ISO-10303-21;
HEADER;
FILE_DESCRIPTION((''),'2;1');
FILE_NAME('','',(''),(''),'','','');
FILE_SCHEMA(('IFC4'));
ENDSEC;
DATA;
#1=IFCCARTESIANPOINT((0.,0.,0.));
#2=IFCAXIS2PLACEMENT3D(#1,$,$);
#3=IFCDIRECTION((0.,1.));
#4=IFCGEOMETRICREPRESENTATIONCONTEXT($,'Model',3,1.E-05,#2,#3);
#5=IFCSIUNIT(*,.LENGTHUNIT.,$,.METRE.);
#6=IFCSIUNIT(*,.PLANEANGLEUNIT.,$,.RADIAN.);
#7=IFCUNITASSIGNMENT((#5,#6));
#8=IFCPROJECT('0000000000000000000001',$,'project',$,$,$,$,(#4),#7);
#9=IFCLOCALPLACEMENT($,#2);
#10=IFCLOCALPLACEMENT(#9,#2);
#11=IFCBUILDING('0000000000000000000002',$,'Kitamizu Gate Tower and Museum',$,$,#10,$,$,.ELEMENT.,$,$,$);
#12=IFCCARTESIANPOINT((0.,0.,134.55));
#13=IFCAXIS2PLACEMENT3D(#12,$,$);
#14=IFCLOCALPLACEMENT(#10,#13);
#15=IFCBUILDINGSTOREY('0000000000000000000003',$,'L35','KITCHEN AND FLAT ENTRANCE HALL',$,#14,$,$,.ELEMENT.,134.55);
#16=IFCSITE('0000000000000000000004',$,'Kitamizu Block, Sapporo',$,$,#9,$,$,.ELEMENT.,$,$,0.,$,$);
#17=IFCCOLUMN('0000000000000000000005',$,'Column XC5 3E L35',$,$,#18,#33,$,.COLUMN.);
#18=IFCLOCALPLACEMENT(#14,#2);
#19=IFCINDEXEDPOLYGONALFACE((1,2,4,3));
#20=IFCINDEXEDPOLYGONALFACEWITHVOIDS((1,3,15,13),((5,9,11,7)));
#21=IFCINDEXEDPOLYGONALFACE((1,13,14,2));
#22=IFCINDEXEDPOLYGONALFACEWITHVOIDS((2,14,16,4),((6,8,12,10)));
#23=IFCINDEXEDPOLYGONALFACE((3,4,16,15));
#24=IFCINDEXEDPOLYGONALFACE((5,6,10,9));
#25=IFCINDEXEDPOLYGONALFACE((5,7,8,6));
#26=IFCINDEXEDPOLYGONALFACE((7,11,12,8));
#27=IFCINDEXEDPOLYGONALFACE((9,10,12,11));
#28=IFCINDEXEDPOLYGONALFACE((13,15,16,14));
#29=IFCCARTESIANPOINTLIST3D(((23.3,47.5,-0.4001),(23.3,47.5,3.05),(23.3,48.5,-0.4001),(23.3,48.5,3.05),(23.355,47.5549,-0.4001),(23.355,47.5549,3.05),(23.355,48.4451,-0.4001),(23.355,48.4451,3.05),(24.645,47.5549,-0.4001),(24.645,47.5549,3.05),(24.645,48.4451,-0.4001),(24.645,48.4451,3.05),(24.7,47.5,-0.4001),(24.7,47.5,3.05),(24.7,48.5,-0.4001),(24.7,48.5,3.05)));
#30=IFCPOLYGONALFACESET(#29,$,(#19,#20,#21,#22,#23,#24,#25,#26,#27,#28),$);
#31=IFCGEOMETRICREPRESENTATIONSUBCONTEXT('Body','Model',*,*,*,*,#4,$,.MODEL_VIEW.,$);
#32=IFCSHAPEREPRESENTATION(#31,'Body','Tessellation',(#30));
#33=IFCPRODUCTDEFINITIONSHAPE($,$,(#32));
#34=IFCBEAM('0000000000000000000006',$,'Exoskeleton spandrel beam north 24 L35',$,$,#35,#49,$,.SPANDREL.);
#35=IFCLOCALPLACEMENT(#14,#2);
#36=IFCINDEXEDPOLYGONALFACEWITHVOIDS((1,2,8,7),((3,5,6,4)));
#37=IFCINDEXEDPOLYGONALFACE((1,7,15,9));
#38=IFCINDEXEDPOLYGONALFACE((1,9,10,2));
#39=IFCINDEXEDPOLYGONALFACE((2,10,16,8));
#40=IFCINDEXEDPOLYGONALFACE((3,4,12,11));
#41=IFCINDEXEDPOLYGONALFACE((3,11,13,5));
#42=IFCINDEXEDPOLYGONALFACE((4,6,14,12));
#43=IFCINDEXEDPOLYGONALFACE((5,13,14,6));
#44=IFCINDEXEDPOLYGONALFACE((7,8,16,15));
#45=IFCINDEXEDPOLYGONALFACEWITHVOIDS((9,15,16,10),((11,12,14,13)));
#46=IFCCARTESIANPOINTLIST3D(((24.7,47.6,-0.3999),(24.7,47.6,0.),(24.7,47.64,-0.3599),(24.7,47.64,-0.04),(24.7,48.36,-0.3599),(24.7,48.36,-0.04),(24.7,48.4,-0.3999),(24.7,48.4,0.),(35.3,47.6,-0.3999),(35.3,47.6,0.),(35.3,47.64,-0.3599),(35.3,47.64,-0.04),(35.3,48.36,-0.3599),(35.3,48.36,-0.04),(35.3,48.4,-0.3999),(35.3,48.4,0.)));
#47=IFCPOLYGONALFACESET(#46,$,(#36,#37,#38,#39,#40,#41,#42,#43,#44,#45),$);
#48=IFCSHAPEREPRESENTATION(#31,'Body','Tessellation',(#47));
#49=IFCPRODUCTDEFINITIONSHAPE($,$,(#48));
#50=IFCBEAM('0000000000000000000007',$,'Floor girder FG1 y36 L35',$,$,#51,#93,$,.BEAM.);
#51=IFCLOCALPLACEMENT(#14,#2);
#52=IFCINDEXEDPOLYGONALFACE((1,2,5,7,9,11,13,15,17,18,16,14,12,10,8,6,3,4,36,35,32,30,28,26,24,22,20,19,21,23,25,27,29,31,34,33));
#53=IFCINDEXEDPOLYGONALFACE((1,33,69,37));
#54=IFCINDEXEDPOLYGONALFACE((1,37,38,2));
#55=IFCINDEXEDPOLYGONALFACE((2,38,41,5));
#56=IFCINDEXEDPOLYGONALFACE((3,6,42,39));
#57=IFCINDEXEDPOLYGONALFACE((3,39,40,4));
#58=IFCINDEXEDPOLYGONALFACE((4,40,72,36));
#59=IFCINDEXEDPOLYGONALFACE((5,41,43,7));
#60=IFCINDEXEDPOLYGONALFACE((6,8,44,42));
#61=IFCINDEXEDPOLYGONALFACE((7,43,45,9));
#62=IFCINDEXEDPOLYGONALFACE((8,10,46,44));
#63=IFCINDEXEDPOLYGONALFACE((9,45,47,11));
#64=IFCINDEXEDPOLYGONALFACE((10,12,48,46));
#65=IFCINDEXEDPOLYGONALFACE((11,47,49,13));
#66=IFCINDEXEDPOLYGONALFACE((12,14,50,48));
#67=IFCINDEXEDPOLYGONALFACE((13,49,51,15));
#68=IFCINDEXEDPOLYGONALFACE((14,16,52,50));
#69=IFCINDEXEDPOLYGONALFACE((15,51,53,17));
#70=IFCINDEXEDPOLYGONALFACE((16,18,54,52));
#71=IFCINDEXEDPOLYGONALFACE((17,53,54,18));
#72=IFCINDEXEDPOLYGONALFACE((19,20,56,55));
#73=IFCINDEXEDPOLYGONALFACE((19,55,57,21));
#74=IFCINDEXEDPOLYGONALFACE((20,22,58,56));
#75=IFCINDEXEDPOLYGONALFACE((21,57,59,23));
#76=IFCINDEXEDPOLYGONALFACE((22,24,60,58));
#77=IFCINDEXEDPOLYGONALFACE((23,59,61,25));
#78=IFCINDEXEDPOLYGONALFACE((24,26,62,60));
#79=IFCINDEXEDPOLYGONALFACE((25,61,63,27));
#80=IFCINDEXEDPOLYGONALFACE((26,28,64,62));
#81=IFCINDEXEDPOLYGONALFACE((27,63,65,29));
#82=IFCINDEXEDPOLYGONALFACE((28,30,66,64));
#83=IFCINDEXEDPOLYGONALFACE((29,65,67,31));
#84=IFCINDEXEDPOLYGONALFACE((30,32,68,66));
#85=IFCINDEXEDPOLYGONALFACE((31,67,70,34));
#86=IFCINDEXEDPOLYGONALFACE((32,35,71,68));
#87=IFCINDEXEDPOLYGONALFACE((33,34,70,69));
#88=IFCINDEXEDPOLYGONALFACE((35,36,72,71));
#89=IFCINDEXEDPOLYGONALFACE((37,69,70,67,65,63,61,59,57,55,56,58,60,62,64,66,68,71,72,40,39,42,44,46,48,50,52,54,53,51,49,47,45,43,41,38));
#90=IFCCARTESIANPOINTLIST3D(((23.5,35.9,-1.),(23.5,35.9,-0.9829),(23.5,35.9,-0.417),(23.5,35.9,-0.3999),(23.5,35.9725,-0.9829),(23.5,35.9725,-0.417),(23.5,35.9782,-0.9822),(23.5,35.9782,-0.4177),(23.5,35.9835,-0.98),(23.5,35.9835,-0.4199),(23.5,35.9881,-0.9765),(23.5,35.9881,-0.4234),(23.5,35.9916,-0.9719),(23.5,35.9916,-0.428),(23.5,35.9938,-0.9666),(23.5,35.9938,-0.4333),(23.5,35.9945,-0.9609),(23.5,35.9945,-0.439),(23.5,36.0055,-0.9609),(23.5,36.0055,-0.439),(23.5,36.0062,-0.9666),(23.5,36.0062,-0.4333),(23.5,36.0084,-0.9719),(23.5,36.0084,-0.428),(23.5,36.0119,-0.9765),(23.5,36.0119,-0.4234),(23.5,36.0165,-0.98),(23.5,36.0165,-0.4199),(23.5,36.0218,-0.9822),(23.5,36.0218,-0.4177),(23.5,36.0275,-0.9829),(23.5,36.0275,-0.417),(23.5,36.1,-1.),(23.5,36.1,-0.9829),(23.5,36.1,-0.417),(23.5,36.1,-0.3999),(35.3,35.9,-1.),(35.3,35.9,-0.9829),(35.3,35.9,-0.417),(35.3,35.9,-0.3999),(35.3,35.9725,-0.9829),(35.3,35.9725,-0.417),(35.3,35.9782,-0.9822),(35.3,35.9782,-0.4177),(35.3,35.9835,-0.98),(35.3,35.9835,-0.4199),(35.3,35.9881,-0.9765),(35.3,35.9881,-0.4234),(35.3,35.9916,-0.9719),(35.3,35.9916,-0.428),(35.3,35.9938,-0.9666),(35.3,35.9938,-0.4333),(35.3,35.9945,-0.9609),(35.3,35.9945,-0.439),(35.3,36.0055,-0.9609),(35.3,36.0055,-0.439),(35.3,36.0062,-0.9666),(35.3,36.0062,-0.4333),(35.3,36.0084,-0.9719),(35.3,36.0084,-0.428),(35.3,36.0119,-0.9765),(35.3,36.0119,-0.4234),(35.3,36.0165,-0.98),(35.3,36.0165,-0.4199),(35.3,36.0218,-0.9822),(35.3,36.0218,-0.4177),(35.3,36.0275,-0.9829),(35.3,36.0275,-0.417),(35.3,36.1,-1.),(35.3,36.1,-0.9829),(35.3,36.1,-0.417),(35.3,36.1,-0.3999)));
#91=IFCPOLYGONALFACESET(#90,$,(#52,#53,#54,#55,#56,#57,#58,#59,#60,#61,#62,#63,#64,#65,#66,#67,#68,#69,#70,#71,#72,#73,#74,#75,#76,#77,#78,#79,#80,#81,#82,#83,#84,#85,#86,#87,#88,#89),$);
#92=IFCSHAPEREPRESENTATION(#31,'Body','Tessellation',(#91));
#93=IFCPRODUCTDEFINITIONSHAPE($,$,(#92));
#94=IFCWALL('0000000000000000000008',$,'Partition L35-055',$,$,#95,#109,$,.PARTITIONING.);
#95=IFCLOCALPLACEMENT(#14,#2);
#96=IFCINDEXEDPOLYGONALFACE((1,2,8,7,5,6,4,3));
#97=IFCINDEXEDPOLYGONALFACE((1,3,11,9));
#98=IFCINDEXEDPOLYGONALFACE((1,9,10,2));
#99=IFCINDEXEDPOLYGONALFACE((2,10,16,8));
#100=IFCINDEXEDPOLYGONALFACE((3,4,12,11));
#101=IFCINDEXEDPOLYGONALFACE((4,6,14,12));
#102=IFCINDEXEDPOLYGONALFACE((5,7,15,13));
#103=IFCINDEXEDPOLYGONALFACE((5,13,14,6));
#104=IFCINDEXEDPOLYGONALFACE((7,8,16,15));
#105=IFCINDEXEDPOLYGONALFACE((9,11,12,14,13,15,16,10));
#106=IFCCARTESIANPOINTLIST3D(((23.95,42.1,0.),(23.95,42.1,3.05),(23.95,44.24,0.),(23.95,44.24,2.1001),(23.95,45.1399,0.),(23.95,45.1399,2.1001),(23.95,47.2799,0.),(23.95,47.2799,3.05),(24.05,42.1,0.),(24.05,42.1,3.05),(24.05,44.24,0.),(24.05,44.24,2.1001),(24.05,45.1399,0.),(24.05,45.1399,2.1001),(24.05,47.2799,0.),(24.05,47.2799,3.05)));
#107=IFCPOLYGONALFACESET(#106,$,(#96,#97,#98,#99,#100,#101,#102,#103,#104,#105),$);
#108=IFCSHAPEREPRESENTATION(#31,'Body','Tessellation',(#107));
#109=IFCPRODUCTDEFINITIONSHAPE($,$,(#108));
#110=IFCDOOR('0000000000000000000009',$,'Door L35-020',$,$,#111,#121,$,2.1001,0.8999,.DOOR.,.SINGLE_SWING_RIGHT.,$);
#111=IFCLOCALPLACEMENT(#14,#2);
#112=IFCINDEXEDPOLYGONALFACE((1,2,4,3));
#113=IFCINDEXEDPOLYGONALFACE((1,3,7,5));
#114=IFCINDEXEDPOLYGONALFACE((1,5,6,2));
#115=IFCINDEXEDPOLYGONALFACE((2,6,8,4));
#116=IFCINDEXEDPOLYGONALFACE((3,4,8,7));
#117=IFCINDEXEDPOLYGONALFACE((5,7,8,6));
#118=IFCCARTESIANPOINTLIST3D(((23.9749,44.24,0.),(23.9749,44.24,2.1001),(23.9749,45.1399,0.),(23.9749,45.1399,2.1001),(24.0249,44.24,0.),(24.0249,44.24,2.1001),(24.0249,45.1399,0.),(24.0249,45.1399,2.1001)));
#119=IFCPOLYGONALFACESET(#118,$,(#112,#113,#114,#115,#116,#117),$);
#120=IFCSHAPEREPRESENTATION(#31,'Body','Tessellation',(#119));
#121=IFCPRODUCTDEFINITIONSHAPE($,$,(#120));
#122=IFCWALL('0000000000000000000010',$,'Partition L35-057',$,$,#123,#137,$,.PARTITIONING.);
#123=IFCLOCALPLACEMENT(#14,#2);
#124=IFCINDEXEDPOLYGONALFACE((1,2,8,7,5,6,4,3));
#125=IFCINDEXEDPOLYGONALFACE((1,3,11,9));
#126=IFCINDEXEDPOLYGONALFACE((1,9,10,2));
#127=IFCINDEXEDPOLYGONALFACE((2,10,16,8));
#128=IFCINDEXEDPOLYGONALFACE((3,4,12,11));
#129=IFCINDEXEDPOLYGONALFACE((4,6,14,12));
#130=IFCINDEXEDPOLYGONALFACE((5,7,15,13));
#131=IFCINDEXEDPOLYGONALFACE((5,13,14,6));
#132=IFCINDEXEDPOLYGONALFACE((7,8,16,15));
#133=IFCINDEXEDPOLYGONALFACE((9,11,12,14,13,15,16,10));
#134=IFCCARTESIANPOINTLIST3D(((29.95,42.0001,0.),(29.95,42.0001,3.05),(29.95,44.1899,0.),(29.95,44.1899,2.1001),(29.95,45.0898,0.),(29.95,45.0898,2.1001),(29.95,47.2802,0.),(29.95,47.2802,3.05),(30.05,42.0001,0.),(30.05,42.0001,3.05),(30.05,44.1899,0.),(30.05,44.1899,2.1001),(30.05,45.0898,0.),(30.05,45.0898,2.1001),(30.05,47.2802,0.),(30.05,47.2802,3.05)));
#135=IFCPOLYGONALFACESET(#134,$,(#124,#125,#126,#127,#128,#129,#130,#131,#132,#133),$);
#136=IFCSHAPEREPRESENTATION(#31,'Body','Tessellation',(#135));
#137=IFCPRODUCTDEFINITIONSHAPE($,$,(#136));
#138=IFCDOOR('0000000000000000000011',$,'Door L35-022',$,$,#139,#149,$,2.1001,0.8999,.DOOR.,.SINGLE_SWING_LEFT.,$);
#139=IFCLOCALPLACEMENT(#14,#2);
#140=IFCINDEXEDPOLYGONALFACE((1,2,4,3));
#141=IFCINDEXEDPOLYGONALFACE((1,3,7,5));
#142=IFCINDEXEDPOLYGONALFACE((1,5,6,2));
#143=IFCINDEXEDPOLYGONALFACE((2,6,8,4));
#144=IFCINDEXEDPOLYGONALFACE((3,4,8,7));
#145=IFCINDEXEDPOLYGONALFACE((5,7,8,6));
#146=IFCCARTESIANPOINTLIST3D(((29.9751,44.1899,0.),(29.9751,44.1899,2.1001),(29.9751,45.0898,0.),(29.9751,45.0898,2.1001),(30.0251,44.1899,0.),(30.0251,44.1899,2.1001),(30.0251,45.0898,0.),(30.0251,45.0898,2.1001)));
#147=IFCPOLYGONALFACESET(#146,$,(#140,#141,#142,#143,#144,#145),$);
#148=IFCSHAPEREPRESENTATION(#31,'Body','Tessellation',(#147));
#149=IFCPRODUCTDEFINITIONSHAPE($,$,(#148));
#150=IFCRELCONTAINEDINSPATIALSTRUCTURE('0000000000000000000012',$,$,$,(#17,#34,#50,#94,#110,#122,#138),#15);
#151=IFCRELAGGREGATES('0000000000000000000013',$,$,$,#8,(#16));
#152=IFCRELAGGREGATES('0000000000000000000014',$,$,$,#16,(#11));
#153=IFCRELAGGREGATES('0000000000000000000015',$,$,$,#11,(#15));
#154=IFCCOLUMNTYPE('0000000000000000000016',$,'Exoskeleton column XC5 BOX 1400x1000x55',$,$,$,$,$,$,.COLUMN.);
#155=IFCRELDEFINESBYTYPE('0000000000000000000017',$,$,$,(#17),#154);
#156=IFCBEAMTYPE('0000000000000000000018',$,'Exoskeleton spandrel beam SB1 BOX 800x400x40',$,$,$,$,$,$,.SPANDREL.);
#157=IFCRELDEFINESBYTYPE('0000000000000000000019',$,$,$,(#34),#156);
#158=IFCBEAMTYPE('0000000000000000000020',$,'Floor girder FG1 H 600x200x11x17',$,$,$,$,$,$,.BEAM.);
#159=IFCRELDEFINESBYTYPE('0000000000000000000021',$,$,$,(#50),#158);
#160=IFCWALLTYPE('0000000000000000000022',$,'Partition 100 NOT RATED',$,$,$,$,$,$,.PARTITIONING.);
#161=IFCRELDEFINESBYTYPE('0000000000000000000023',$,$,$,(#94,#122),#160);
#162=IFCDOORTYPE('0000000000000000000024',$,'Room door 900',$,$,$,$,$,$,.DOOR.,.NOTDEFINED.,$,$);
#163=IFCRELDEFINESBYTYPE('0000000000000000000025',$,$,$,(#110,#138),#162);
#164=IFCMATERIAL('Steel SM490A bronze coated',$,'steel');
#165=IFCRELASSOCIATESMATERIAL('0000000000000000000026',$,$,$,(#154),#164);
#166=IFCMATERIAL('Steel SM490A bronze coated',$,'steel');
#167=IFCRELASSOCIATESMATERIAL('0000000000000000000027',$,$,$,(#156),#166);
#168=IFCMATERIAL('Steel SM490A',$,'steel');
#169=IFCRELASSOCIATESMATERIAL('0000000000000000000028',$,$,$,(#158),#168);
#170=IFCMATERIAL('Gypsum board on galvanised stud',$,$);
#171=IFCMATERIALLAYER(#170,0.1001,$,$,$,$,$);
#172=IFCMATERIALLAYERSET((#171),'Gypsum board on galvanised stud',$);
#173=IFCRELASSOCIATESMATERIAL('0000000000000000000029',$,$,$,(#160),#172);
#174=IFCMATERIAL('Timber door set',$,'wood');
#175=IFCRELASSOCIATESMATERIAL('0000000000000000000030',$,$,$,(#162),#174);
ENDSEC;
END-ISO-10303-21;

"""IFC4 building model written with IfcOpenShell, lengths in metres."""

from ifc_helpers import new_model, si_unit, direction, frame, frame_2d, origin, origin_2d, place, context, subcontext, project, spatial, rectangle, hollow_rectangle, i_section, extrude, material, layer, layer_set, material_profile, profile_set, type_object, element, fill, save


model = new_model("IFC4")

# Units and contexts
model_context = context("Model", 3, precision=1e-05, world=origin(), true_north=direction((0.0, 1.0)))
body_context = subcontext(model_context, "Body", "Model", "MODEL_VIEW")
ifc_project = project(units=[si_unit("LENGTHUNIT", "METRE"), si_unit("PLANEANGLEUNIT", "RADIAN")], contexts=[model_context])

# Site, building, storey
site_placement = place(None, origin())
site = spatial("IfcSite", under=ifc_project, at=site_placement, Name="Kitamizu Block, Sapporo", CompositionType="ELEMENT", RefElevation=0.0)
building_placement = place(site_placement, origin())
building = spatial("IfcBuilding", under=site, at=building_placement, Name="Kitamizu Gate Tower and Museum", CompositionType="ELEMENT")
storey_placement = place(building_placement, frame((0.0, 0.0, 134.55)))
storey = spatial("IfcBuildingStorey", under=building, at=storey_placement, Name="L35", Description="KITCHEN AND FLAT ENTRANCE HALL", CompositionType="ELEMENT", Elevation=134.55)

# Column
ifc_material_1 = material(Name="Steel SM490A bronze coated", Category="steel")
ifc_material_profile_1 = material_profile(ifc_material_1, hollow_rectangle(XDim=1.3999, YDim=1.0, WallThickness=0.0549, at=origin_2d()), Name="BOX 1400x1000x55")
ifc_profile_set_1 = profile_set([ifc_material_profile_1], Name="Steel SM490A bronze coated")
column_type = type_object("IfcColumnType", Name="Exoskeleton column XC5 BOX 1400x1000x55", PredefinedType="COLUMN", material=ifc_profile_set_1)
column_placement = place(storey_placement, frame((24.0, 48.0, -0.4001), z_axis=(0.0, 0.0, 1.0), x_axis=(1.0, 0.0, 0.0)))
element("IfcColumn", 1, at=column_placement, inside=storey, type_object=column_type, Name="Column XC5 3E L35", PredefinedType="COLUMN", context=body_context, shape_type="SweptSolid", body=[
    extrude(hollow_rectangle(XDim=1.3999, YDim=1.0, WallThickness=0.0549, at=origin_2d()), origin(), (0.0, 0.0, 1.0), 3.4502),
])

# Beams
ifc_material_2 = material(Name="Steel SM490A bronze coated", Category="steel")
ifc_material_profile_2 = material_profile(ifc_material_2, hollow_rectangle(XDim=0.8, YDim=0.3999, WallThickness=0.04, at=origin_2d()), Name="BOX 800x400x40")
ifc_profile_set_2 = profile_set([ifc_material_profile_2], Name="Steel SM490A bronze coated")
beam_type_1 = type_object("IfcBeamType", Name="Exoskeleton spandrel beam SB1 BOX 800x400x40", PredefinedType="SPANDREL", material=ifc_profile_set_2)
beam_1_placement = place(storey_placement, frame((24.7, 48.0, -0.2), z_axis=(1.0, 0.0, 0.0), x_axis=(0.0, 1.0, 0.0)))
element("IfcBeam", 2, at=beam_1_placement, inside=storey, type_object=beam_type_1, Name="Exoskeleton spandrel beam north 24 L35", PredefinedType="SPANDREL", context=body_context, shape_type="SweptSolid", body=[
    extrude(hollow_rectangle(XDim=0.8, YDim=0.3999, WallThickness=0.04, at=origin_2d()), origin(), (0.0, 0.0, 1.0), 10.6001),
])
ifc_material_3 = material(Name="Steel SM490A", Category="steel")
ifc_material_profile_3 = material_profile(ifc_material_3, i_section(OverallWidth=0.2, OverallDepth=0.6001, WebThickness=0.011, FlangeThickness=0.0171, FilletRadius=0.022, at=origin_2d()), Name="H-600x200x11x17")
ifc_profile_set_3 = profile_set([ifc_material_profile_3], Name="Steel SM490A")
beam_type_2 = type_object("IfcBeamType", Name="Floor girder FG1 H 600x200x11x17", PredefinedType="BEAM", material=ifc_profile_set_3)
beam_2_placement = place(storey_placement, frame((23.5, 36.0, -0.7), z_axis=(1.0, 0.0, 0.0), x_axis=(0.0, 1.0, 0.0)))
element("IfcBeam", 3, at=beam_2_placement, inside=storey, type_object=beam_type_2, Name="Floor girder FG1 y36 L35", PredefinedType="BEAM", context=body_context, shape_type="SweptSolid", body=[
    extrude(i_section(OverallWidth=0.2, OverallDepth=0.6001, WebThickness=0.011, FlangeThickness=0.0171, FilletRadius=0.022, at=origin_2d()), origin(), (0.0, 0.0, 1.0), 11.8),
])

# Walls, openings, doors
ifc_material_4 = material(Name="Gypsum board on galvanised stud")
ifc_layer_1 = layer(ifc_material_4, 0.1001)
ifc_layer_set_1 = layer_set([ifc_layer_1], Name="Gypsum board on galvanised stud")
wall_type_1 = type_object("IfcWallType", Name="Partition 100 NOT RATED", PredefinedType="PARTITIONING", material=ifc_layer_set_1)
wall_1_placement = place(storey_placement, frame((24.0, 42.1001, 0.0), z_axis=(0.0, 0.0, 1.0), x_axis=(0.0, 1.0, 0.0)))
wall_1 = element("IfcWall", 4, at=wall_1_placement, inside=storey, type_object=wall_type_1, Name="Partition L35-055", PredefinedType="PARTITIONING", context=body_context, shape_type="SweptSolid", body=[
    extrude(rectangle(XDim=5.1799, YDim=0.1001, at=frame_2d((2.5898, 0.0))), origin(), (0.0, 0.0, 1.0), 3.05),
])
opening_1_placement = place(wall_1_placement, frame((2.1399, 0.0, 0.0)))
opening_1 = element("IfcOpeningElement", 5, at=opening_1_placement, cuts=wall_1, PredefinedType="OPENING", context=body_context, shape_type="SweptSolid", body=[
    extrude(rectangle(XDim=0.8999, YDim=2.1001, at=frame_2d((0.45, 1.05))), frame((0.0, 0.0601, 0.0), z_axis=(0.0, -1.0, 0.0), x_axis=(1.0, 0.0, 0.0)), (0.0, 0.0, 1.0), 0.1201),
])
ifc_material_5 = material(Name="Timber door set", Category="wood")
door_type_1 = type_object("IfcDoorType", Name="Room door 900", OperationType="NOTDEFINED", PredefinedType="DOOR", material=ifc_material_5)
door_1_placement = place(opening_1_placement, frame((0.8999, 0.0, 0.0), x_axis=(-1.0, 0.0, 0.0)))
door_1 = element("IfcDoor", 6, at=door_1_placement, inside=storey, type_object=door_type_1, Name="Door L35-020", OperationType="SINGLE_SWING_RIGHT", OverallHeight=2.1001, OverallWidth=0.8999, PredefinedType="DOOR", context=body_context, shape_type="SweptSolid", body=[
    extrude(rectangle(XDim=0.8999, YDim=2.1001, at=frame_2d((0.45, 1.05))), frame((0.0, 0.0249, 0.0), z_axis=(0.0, -1.0, 0.0), x_axis=(1.0, 0.0, 0.0)), (0.0, 0.0, 1.0), 0.05),
])
fill(opening_1, door_1)
wall_2_placement = place(storey_placement, frame((30.0, 42.0, 0.0), z_axis=(0.0, 0.0, 1.0), x_axis=(0.0, 1.0, 0.0)))
wall_2 = element("IfcWall", 7, at=wall_2_placement, inside=storey, type_object=wall_type_1, Name="Partition L35-057", PredefinedType="PARTITIONING", context=body_context, shape_type="SweptSolid", body=[
    extrude(rectangle(XDim=5.28, YDim=0.1001, at=frame_2d((2.6401, 0.0))), origin(), (0.0, 0.0, 1.0), 3.05),
])
opening_2_placement = place(wall_2_placement, frame((2.1899, 0.0, 0.0)))
opening_2 = element("IfcOpeningElement", 8, at=opening_2_placement, cuts=wall_2, PredefinedType="OPENING", context=body_context, shape_type="SweptSolid", body=[
    extrude(rectangle(XDim=0.8999, YDim=2.1001, at=frame_2d((0.45, 1.05))), frame((0.0, 0.0601, 0.0), z_axis=(0.0, -1.0, 0.0), x_axis=(1.0, 0.0, 0.0)), (0.0, 0.0, 1.0), 0.1201),
])
door_2_placement = place(opening_2_placement, origin())
door_2 = element("IfcDoor", 9, at=door_2_placement, inside=storey, type_object=door_type_1, Name="Door L35-022", OperationType="SINGLE_SWING_LEFT", OverallHeight=2.1001, OverallWidth=0.8999, PredefinedType="DOOR", context=body_context, shape_type="SweptSolid", body=[
    extrude(rectangle(XDim=0.8999, YDim=2.1001, at=frame_2d((0.45, 1.05))), frame((0.0, 0.0249, 0.0), z_axis=(0.0, -1.0, 0.0), x_axis=(1.0, 0.0, 0.0)), (0.0, 0.0, 1.0), 0.05),
])
fill(opening_2, door_2)

save(model, "model.ifc")
